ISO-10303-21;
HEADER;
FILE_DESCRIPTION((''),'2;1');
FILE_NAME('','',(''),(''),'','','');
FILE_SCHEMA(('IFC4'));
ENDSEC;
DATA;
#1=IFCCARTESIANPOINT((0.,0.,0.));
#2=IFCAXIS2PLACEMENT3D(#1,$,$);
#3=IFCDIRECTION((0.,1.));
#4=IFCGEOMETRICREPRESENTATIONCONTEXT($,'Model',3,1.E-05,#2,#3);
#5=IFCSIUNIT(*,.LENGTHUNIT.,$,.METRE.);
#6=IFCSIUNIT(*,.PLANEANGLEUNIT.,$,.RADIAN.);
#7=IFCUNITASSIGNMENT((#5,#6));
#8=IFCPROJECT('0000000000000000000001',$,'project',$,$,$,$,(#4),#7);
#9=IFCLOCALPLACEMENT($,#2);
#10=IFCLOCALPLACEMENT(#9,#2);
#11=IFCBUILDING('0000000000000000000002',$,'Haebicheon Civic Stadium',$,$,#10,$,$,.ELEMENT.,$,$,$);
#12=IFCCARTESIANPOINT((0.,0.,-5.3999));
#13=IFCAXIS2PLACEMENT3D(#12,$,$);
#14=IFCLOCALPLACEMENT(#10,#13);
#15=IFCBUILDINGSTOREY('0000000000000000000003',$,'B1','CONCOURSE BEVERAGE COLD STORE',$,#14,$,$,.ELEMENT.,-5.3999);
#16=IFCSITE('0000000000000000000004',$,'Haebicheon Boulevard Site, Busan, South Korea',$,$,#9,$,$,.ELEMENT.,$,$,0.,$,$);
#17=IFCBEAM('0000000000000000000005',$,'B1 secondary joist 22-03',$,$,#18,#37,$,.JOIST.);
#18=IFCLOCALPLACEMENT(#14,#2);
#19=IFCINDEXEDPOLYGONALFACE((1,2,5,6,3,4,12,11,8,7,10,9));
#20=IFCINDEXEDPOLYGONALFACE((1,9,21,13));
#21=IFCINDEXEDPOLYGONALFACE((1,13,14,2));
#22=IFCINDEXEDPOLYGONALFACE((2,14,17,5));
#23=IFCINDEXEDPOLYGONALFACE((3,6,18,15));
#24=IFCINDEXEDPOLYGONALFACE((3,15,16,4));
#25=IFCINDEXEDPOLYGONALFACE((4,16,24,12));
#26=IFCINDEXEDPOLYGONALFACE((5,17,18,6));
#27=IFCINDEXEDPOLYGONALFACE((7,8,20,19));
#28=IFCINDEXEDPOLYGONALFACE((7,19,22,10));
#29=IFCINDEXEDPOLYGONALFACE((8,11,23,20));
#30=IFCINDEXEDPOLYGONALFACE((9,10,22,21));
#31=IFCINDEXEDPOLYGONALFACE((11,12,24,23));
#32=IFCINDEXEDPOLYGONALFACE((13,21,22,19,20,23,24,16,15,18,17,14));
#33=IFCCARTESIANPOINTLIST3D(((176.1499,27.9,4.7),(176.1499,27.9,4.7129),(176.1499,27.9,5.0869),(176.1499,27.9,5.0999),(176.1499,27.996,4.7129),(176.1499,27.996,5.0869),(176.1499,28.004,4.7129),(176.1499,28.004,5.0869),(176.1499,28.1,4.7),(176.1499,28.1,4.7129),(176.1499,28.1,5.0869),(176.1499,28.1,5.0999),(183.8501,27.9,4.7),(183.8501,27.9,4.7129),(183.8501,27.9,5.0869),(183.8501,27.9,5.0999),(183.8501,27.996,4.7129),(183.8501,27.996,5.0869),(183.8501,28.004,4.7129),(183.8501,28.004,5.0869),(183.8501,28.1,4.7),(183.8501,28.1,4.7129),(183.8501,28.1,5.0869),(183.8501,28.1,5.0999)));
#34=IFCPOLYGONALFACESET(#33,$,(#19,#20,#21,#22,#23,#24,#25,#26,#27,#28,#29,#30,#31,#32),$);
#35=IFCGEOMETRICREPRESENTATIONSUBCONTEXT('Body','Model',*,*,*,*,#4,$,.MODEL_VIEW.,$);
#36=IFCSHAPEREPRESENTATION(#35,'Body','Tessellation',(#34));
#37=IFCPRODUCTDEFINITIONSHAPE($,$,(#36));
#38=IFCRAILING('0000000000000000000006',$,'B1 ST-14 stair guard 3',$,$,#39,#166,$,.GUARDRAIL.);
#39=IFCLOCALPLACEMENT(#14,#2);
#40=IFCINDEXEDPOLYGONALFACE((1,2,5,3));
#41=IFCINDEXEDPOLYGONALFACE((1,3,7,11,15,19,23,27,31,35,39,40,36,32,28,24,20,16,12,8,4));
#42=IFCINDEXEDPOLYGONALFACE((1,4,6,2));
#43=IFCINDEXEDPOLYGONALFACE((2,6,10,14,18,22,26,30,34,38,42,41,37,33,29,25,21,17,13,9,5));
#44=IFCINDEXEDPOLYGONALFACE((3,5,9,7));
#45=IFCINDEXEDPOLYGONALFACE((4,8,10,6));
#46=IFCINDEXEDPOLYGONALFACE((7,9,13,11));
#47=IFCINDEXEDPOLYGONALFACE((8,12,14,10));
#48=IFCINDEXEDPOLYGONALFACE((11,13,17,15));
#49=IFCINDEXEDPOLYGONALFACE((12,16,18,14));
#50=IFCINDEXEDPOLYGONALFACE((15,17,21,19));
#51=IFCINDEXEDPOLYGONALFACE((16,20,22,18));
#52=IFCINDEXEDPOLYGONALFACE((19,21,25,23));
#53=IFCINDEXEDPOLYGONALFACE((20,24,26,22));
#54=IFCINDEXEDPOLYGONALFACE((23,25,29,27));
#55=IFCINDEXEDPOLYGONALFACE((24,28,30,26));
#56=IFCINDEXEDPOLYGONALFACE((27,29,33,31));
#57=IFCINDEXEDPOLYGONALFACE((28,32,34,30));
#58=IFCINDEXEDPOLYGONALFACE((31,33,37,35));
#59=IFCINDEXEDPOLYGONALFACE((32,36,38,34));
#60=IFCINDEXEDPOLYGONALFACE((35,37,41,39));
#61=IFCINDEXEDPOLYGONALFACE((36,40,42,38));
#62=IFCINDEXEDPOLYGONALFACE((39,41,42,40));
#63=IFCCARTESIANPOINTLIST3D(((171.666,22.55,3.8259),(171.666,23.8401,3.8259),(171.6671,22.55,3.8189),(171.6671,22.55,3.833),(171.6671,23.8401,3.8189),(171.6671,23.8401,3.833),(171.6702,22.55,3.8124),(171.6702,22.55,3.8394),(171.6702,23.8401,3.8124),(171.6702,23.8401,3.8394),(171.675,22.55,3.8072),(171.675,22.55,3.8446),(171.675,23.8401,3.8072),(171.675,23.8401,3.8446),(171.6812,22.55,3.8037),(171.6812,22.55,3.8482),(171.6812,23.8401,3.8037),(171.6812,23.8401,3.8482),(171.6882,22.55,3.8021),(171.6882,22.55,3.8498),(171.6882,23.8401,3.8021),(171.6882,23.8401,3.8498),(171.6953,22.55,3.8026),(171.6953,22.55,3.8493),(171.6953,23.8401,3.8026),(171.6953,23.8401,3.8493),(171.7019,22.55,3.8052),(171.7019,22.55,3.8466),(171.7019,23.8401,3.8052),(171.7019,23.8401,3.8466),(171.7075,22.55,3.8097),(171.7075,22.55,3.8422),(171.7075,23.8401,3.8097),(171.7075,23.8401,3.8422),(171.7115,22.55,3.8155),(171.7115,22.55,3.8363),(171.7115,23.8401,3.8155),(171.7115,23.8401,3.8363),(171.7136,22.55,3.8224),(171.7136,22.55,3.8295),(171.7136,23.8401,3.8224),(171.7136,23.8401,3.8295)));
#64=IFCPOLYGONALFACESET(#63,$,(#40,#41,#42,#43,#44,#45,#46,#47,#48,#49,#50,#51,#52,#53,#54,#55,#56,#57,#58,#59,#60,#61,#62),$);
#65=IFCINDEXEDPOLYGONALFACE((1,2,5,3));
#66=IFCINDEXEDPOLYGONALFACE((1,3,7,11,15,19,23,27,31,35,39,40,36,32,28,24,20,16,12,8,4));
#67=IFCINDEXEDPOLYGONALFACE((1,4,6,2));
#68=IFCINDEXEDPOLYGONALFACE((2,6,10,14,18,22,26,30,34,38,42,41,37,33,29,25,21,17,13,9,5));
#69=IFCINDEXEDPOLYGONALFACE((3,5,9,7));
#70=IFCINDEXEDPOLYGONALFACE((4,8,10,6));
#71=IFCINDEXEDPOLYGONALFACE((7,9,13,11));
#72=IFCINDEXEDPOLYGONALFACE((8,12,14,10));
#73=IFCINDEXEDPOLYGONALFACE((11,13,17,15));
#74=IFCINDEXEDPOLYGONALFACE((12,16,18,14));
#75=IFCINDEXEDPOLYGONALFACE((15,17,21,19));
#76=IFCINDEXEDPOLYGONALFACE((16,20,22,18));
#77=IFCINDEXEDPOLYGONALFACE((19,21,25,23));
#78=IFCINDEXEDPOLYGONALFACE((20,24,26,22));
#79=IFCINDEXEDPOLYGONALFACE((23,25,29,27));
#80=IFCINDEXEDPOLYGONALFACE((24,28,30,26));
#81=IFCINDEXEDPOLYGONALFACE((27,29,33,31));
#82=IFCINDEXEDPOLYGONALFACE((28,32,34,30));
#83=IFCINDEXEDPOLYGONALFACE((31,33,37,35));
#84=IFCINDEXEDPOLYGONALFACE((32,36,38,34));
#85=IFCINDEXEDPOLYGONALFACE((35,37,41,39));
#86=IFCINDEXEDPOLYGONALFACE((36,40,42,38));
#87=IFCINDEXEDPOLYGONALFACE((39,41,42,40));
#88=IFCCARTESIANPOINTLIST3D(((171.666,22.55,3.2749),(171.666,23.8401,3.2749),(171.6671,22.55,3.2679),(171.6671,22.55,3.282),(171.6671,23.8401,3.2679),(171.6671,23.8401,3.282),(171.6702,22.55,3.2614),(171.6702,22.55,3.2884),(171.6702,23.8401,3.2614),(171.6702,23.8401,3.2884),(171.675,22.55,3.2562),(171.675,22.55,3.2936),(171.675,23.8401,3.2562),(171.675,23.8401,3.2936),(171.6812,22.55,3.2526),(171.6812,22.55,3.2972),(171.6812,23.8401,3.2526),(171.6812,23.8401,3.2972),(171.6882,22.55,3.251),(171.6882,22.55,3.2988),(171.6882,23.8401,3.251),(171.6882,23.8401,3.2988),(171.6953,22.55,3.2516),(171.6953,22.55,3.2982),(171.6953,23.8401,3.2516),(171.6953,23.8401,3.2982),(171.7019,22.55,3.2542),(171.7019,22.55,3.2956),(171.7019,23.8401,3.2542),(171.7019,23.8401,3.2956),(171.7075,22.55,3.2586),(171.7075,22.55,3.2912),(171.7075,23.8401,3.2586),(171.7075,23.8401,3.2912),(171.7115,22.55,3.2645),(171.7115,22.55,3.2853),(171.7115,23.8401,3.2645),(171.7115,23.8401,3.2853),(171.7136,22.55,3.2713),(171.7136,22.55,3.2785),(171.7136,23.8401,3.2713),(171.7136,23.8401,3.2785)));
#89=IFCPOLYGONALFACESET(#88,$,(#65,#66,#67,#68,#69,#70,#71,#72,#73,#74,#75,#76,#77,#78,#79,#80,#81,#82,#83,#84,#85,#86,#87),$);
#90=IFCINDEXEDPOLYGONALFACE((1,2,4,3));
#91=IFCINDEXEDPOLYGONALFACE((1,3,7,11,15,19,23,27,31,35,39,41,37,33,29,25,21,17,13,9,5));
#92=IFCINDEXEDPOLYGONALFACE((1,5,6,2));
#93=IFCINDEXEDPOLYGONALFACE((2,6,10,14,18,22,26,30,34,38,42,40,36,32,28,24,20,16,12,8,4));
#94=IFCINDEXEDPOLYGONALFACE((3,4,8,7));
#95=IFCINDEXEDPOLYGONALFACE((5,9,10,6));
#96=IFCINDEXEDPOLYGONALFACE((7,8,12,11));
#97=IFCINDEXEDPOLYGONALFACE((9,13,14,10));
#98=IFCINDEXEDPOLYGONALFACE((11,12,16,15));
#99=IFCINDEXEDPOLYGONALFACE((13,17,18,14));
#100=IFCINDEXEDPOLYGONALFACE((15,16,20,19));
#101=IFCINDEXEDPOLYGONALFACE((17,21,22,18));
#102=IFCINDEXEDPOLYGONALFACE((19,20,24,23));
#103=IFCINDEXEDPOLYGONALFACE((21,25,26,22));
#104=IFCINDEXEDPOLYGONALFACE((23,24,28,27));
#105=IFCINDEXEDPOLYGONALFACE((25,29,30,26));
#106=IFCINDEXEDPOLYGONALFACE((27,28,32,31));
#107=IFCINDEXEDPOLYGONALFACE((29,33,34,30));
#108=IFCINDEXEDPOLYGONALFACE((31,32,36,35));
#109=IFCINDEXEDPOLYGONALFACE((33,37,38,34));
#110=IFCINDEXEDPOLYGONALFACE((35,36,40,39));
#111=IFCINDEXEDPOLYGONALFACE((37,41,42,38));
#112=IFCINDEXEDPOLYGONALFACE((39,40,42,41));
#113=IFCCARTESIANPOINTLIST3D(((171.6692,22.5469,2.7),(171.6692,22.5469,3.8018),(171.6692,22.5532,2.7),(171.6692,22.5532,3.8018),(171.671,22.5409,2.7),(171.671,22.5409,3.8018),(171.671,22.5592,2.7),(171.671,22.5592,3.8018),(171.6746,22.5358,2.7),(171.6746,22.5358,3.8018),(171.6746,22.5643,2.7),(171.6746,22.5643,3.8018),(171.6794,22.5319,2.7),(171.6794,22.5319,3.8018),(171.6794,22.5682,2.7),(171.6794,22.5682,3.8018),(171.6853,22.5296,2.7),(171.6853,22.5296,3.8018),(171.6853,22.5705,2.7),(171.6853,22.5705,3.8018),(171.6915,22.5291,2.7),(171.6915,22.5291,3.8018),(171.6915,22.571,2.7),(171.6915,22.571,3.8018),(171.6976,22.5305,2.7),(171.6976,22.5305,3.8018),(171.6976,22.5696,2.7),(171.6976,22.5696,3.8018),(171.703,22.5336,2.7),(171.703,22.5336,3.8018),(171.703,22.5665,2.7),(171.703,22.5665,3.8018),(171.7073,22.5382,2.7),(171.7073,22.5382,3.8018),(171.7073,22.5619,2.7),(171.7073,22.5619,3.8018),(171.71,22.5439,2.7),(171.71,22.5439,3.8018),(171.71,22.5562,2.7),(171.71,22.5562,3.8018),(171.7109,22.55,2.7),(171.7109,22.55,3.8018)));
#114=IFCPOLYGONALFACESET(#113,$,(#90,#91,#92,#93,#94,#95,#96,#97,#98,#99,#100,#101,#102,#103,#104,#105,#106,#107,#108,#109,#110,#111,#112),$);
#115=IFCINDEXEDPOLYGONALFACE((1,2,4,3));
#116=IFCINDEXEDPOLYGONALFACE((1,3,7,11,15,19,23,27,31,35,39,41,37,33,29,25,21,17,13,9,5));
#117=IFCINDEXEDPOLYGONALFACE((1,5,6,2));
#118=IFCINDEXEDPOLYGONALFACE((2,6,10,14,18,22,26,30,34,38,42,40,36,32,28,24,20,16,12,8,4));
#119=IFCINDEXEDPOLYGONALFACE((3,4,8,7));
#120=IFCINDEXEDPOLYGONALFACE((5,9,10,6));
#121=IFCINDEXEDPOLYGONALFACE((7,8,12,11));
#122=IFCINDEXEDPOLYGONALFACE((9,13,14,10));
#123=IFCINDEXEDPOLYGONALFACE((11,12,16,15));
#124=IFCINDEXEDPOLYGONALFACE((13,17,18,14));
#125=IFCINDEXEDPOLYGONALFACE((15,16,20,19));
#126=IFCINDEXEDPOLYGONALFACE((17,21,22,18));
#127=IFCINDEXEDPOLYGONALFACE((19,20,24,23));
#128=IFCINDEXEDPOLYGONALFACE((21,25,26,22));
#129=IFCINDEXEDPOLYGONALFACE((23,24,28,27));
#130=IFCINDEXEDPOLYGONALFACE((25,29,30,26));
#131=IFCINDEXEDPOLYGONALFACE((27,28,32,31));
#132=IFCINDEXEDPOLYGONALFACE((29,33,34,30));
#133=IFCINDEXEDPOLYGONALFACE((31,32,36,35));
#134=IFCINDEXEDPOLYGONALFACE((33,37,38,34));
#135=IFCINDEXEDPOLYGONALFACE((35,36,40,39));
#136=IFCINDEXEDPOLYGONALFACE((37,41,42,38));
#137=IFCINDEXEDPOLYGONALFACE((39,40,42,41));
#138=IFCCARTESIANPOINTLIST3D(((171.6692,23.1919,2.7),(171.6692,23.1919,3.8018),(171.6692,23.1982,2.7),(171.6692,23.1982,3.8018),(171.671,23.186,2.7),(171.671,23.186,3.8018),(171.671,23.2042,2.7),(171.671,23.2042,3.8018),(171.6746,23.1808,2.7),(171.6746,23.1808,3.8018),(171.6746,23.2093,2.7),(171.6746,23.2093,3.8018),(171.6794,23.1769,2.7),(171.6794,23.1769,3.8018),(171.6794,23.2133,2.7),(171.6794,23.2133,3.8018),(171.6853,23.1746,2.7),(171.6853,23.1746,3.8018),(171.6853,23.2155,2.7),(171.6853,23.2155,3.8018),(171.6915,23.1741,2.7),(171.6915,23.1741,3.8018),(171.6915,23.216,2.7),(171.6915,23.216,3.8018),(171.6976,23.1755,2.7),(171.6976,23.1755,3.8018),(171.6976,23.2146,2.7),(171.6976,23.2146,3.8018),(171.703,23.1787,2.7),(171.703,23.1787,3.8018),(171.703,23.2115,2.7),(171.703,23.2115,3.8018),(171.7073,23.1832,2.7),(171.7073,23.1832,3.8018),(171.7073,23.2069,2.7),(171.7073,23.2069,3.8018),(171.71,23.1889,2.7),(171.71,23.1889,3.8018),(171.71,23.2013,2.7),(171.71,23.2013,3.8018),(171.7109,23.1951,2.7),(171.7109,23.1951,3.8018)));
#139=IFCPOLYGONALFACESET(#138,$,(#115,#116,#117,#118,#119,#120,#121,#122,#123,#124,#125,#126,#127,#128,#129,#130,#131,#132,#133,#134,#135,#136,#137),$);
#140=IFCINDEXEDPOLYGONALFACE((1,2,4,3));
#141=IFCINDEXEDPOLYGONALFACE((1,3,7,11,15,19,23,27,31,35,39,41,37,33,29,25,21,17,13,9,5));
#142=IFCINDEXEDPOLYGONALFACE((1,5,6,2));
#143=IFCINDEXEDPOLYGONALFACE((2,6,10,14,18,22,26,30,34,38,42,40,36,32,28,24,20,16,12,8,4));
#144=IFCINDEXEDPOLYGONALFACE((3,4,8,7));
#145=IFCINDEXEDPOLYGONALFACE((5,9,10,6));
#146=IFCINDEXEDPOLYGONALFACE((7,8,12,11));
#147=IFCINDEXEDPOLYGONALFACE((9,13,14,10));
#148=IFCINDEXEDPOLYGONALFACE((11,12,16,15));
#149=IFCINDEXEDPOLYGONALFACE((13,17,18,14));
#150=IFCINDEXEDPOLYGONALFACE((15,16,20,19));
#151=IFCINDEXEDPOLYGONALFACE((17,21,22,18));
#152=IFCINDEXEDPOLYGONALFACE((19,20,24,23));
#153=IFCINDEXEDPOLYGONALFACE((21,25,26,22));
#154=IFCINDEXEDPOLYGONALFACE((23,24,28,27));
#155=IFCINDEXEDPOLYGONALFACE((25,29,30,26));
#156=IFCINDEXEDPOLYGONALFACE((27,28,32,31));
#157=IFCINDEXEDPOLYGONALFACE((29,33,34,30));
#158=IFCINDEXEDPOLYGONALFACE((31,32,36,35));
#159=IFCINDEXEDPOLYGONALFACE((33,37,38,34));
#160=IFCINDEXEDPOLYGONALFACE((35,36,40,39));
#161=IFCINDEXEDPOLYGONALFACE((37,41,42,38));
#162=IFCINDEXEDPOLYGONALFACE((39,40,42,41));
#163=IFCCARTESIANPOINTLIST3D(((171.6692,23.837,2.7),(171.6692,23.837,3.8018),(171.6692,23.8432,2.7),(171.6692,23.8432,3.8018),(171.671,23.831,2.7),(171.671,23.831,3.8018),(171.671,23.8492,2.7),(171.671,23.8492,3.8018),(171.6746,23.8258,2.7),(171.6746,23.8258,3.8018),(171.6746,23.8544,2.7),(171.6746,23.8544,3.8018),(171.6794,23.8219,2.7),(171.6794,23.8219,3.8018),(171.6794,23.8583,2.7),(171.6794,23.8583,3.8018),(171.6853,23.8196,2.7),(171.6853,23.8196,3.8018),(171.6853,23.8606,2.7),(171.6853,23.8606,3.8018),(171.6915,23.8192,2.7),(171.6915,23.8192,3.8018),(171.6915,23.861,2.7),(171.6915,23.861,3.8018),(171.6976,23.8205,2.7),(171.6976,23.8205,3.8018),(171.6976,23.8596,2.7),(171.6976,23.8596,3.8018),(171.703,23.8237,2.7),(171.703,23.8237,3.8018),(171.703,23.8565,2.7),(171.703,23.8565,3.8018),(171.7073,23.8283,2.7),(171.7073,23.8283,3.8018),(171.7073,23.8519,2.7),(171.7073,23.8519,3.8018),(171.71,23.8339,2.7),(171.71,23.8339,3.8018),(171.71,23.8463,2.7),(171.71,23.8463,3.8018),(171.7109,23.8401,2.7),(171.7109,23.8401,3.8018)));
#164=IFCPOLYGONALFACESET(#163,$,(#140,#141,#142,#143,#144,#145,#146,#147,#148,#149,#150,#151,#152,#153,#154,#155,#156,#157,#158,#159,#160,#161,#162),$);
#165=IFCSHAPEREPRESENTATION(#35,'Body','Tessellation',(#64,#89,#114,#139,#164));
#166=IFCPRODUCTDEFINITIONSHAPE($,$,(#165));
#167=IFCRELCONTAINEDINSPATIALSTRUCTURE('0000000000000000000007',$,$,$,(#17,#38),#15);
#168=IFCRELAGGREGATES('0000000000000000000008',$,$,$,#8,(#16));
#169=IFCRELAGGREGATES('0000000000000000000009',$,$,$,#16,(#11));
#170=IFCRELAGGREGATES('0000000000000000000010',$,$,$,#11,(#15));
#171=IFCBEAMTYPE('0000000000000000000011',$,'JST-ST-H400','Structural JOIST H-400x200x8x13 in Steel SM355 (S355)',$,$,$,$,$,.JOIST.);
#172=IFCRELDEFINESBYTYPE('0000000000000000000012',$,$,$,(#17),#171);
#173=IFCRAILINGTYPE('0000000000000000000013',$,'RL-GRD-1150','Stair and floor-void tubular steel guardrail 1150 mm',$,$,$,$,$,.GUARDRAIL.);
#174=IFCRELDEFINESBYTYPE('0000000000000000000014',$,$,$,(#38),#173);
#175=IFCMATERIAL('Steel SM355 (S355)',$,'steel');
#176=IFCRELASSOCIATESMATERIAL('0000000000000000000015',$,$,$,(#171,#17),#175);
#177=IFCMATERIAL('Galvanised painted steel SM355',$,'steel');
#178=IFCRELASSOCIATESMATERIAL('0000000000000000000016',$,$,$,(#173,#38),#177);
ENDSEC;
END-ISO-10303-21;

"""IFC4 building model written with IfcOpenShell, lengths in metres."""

from ifc_helpers import new_model, si_unit, direction, frame, origin, origin_2d, place, context, subcontext, project, spatial, circle, i_section, extrude, material, material_profile, profile_set, type_object, element, save


model = new_model("IFC4")

# Units and contexts
model_context = context("Model", 3, precision=1e-05, world=origin(), true_north=direction((0.0, 1.0)))
body_context = subcontext(model_context, "Body", "Model", "MODEL_VIEW")
ifc_project = project(units=[si_unit("LENGTHUNIT", "METRE"), si_unit("PLANEANGLEUNIT", "RADIAN")], contexts=[model_context])

# Site, building, storey
site_placement = place(None, origin())
site = spatial("IfcSite", under=ifc_project, at=site_placement, Name="Haebicheon Boulevard Site, Busan, South Korea", CompositionType="ELEMENT", RefElevation=0.0)
building_placement = place(site_placement, origin())
building = spatial("IfcBuilding", under=site, at=building_placement, Name="Haebicheon Civic Stadium", CompositionType="ELEMENT")
storey_placement = place(building_placement, frame((0.0, 0.0, -5.3999)))
storey = spatial("IfcBuildingStorey", under=building, at=storey_placement, Name="B1", Description="CONCOURSE BEVERAGE COLD STORE", CompositionType="ELEMENT", Elevation=-5.3999)

# Beam
ifc_material_1 = material(Name="Steel SM355 (S355)", Category="steel")
ifc_material_profile_1 = material_profile(ifc_material_1, i_section(OverallWidth=0.2, OverallDepth=0.3999, WebThickness=0.0081, FlangeThickness=0.0129, at=origin_2d()), Name="H-400x200x8x13")
ifc_profile_set_1 = profile_set([ifc_material_profile_1], Name="Steel SM355 (S355)")
beam_type_1 = type_object("IfcBeamType", Name="JST-ST-H400", Description="Structural JOIST H-400x200x8x13 in Steel SM355 (S355)", PredefinedType="JOIST", material=ifc_profile_set_1)
for number, where, z_axis, x_axis, name in (
    (1, (176.1499, 28.0, 4.8999), (1.0, 0.0, 0.0), (0.0, 1.0, 0.0), "B1 secondary joist 22-03"),
):
    element("IfcBeam", number, at=place(storey_placement, frame(where, z_axis=z_axis, x_axis=x_axis)), inside=storey, type_object=beam_type_1, material=ifc_profile_set_1, Name=name, PredefinedType="JOIST", context=body_context, shape_type="SweptSolid", body=[
        extrude(i_section(OverallWidth=0.2, OverallDepth=0.3999, WebThickness=0.0081, FlangeThickness=0.0129, at=origin_2d()), origin(), (0.0, 0.0, 1.0), 7.7002),
    ])

# Railing
ifc_material_2 = material(Name="Galvanised painted steel SM355", Category="steel")
railing_type = type_object("IfcRailingType", Name="RL-GRD-1150", Description="Stair and floor-void tubular steel guardrail 1150 mm", PredefinedType="GUARDRAIL", material=ifc_material_2)
railing_1_placement = place(storey_placement, frame((171.6899, 22.55, 2.7)))
element("IfcRailing", 2, at=railing_1_placement, inside=storey, type_object=railing_type, material=ifc_material_2, Name="B1 ST-14 stair guard 3", PredefinedType="GUARDRAIL", context=body_context, shape_type="SweptSolid", body=[
    extrude(circle(Radius=0.0239, at=origin_2d()), frame((0.0, 0.0, 1.126), z_axis=(0.0, 1.0, 0.0), x_axis=(-1.0, 0.0, 0.0)), (0.0, 0.0, 1.0), 1.29),
    extrude(circle(Radius=0.0239, at=origin_2d()), frame((0.0, 0.0, 0.575), z_axis=(0.0, 1.0, 0.0), x_axis=(-1.0, 0.0, 0.0)), (0.0, 0.0, 1.0), 1.29),
    extrude(circle(Radius=0.021, at=origin_2d()), origin(), (0.0, 0.0, 1.0), 1.1018),
    extrude(circle(Radius=0.021, at=origin_2d()), frame((0.0, 0.645, 0.0)), (0.0, 0.0, 1.0), 1.1018),
    extrude(circle(Radius=0.021, at=origin_2d()), frame((0.0, 1.29, 0.0)), (0.0, 0.0, 1.0), 1.1018),
])

save(model, "model.ifc")
